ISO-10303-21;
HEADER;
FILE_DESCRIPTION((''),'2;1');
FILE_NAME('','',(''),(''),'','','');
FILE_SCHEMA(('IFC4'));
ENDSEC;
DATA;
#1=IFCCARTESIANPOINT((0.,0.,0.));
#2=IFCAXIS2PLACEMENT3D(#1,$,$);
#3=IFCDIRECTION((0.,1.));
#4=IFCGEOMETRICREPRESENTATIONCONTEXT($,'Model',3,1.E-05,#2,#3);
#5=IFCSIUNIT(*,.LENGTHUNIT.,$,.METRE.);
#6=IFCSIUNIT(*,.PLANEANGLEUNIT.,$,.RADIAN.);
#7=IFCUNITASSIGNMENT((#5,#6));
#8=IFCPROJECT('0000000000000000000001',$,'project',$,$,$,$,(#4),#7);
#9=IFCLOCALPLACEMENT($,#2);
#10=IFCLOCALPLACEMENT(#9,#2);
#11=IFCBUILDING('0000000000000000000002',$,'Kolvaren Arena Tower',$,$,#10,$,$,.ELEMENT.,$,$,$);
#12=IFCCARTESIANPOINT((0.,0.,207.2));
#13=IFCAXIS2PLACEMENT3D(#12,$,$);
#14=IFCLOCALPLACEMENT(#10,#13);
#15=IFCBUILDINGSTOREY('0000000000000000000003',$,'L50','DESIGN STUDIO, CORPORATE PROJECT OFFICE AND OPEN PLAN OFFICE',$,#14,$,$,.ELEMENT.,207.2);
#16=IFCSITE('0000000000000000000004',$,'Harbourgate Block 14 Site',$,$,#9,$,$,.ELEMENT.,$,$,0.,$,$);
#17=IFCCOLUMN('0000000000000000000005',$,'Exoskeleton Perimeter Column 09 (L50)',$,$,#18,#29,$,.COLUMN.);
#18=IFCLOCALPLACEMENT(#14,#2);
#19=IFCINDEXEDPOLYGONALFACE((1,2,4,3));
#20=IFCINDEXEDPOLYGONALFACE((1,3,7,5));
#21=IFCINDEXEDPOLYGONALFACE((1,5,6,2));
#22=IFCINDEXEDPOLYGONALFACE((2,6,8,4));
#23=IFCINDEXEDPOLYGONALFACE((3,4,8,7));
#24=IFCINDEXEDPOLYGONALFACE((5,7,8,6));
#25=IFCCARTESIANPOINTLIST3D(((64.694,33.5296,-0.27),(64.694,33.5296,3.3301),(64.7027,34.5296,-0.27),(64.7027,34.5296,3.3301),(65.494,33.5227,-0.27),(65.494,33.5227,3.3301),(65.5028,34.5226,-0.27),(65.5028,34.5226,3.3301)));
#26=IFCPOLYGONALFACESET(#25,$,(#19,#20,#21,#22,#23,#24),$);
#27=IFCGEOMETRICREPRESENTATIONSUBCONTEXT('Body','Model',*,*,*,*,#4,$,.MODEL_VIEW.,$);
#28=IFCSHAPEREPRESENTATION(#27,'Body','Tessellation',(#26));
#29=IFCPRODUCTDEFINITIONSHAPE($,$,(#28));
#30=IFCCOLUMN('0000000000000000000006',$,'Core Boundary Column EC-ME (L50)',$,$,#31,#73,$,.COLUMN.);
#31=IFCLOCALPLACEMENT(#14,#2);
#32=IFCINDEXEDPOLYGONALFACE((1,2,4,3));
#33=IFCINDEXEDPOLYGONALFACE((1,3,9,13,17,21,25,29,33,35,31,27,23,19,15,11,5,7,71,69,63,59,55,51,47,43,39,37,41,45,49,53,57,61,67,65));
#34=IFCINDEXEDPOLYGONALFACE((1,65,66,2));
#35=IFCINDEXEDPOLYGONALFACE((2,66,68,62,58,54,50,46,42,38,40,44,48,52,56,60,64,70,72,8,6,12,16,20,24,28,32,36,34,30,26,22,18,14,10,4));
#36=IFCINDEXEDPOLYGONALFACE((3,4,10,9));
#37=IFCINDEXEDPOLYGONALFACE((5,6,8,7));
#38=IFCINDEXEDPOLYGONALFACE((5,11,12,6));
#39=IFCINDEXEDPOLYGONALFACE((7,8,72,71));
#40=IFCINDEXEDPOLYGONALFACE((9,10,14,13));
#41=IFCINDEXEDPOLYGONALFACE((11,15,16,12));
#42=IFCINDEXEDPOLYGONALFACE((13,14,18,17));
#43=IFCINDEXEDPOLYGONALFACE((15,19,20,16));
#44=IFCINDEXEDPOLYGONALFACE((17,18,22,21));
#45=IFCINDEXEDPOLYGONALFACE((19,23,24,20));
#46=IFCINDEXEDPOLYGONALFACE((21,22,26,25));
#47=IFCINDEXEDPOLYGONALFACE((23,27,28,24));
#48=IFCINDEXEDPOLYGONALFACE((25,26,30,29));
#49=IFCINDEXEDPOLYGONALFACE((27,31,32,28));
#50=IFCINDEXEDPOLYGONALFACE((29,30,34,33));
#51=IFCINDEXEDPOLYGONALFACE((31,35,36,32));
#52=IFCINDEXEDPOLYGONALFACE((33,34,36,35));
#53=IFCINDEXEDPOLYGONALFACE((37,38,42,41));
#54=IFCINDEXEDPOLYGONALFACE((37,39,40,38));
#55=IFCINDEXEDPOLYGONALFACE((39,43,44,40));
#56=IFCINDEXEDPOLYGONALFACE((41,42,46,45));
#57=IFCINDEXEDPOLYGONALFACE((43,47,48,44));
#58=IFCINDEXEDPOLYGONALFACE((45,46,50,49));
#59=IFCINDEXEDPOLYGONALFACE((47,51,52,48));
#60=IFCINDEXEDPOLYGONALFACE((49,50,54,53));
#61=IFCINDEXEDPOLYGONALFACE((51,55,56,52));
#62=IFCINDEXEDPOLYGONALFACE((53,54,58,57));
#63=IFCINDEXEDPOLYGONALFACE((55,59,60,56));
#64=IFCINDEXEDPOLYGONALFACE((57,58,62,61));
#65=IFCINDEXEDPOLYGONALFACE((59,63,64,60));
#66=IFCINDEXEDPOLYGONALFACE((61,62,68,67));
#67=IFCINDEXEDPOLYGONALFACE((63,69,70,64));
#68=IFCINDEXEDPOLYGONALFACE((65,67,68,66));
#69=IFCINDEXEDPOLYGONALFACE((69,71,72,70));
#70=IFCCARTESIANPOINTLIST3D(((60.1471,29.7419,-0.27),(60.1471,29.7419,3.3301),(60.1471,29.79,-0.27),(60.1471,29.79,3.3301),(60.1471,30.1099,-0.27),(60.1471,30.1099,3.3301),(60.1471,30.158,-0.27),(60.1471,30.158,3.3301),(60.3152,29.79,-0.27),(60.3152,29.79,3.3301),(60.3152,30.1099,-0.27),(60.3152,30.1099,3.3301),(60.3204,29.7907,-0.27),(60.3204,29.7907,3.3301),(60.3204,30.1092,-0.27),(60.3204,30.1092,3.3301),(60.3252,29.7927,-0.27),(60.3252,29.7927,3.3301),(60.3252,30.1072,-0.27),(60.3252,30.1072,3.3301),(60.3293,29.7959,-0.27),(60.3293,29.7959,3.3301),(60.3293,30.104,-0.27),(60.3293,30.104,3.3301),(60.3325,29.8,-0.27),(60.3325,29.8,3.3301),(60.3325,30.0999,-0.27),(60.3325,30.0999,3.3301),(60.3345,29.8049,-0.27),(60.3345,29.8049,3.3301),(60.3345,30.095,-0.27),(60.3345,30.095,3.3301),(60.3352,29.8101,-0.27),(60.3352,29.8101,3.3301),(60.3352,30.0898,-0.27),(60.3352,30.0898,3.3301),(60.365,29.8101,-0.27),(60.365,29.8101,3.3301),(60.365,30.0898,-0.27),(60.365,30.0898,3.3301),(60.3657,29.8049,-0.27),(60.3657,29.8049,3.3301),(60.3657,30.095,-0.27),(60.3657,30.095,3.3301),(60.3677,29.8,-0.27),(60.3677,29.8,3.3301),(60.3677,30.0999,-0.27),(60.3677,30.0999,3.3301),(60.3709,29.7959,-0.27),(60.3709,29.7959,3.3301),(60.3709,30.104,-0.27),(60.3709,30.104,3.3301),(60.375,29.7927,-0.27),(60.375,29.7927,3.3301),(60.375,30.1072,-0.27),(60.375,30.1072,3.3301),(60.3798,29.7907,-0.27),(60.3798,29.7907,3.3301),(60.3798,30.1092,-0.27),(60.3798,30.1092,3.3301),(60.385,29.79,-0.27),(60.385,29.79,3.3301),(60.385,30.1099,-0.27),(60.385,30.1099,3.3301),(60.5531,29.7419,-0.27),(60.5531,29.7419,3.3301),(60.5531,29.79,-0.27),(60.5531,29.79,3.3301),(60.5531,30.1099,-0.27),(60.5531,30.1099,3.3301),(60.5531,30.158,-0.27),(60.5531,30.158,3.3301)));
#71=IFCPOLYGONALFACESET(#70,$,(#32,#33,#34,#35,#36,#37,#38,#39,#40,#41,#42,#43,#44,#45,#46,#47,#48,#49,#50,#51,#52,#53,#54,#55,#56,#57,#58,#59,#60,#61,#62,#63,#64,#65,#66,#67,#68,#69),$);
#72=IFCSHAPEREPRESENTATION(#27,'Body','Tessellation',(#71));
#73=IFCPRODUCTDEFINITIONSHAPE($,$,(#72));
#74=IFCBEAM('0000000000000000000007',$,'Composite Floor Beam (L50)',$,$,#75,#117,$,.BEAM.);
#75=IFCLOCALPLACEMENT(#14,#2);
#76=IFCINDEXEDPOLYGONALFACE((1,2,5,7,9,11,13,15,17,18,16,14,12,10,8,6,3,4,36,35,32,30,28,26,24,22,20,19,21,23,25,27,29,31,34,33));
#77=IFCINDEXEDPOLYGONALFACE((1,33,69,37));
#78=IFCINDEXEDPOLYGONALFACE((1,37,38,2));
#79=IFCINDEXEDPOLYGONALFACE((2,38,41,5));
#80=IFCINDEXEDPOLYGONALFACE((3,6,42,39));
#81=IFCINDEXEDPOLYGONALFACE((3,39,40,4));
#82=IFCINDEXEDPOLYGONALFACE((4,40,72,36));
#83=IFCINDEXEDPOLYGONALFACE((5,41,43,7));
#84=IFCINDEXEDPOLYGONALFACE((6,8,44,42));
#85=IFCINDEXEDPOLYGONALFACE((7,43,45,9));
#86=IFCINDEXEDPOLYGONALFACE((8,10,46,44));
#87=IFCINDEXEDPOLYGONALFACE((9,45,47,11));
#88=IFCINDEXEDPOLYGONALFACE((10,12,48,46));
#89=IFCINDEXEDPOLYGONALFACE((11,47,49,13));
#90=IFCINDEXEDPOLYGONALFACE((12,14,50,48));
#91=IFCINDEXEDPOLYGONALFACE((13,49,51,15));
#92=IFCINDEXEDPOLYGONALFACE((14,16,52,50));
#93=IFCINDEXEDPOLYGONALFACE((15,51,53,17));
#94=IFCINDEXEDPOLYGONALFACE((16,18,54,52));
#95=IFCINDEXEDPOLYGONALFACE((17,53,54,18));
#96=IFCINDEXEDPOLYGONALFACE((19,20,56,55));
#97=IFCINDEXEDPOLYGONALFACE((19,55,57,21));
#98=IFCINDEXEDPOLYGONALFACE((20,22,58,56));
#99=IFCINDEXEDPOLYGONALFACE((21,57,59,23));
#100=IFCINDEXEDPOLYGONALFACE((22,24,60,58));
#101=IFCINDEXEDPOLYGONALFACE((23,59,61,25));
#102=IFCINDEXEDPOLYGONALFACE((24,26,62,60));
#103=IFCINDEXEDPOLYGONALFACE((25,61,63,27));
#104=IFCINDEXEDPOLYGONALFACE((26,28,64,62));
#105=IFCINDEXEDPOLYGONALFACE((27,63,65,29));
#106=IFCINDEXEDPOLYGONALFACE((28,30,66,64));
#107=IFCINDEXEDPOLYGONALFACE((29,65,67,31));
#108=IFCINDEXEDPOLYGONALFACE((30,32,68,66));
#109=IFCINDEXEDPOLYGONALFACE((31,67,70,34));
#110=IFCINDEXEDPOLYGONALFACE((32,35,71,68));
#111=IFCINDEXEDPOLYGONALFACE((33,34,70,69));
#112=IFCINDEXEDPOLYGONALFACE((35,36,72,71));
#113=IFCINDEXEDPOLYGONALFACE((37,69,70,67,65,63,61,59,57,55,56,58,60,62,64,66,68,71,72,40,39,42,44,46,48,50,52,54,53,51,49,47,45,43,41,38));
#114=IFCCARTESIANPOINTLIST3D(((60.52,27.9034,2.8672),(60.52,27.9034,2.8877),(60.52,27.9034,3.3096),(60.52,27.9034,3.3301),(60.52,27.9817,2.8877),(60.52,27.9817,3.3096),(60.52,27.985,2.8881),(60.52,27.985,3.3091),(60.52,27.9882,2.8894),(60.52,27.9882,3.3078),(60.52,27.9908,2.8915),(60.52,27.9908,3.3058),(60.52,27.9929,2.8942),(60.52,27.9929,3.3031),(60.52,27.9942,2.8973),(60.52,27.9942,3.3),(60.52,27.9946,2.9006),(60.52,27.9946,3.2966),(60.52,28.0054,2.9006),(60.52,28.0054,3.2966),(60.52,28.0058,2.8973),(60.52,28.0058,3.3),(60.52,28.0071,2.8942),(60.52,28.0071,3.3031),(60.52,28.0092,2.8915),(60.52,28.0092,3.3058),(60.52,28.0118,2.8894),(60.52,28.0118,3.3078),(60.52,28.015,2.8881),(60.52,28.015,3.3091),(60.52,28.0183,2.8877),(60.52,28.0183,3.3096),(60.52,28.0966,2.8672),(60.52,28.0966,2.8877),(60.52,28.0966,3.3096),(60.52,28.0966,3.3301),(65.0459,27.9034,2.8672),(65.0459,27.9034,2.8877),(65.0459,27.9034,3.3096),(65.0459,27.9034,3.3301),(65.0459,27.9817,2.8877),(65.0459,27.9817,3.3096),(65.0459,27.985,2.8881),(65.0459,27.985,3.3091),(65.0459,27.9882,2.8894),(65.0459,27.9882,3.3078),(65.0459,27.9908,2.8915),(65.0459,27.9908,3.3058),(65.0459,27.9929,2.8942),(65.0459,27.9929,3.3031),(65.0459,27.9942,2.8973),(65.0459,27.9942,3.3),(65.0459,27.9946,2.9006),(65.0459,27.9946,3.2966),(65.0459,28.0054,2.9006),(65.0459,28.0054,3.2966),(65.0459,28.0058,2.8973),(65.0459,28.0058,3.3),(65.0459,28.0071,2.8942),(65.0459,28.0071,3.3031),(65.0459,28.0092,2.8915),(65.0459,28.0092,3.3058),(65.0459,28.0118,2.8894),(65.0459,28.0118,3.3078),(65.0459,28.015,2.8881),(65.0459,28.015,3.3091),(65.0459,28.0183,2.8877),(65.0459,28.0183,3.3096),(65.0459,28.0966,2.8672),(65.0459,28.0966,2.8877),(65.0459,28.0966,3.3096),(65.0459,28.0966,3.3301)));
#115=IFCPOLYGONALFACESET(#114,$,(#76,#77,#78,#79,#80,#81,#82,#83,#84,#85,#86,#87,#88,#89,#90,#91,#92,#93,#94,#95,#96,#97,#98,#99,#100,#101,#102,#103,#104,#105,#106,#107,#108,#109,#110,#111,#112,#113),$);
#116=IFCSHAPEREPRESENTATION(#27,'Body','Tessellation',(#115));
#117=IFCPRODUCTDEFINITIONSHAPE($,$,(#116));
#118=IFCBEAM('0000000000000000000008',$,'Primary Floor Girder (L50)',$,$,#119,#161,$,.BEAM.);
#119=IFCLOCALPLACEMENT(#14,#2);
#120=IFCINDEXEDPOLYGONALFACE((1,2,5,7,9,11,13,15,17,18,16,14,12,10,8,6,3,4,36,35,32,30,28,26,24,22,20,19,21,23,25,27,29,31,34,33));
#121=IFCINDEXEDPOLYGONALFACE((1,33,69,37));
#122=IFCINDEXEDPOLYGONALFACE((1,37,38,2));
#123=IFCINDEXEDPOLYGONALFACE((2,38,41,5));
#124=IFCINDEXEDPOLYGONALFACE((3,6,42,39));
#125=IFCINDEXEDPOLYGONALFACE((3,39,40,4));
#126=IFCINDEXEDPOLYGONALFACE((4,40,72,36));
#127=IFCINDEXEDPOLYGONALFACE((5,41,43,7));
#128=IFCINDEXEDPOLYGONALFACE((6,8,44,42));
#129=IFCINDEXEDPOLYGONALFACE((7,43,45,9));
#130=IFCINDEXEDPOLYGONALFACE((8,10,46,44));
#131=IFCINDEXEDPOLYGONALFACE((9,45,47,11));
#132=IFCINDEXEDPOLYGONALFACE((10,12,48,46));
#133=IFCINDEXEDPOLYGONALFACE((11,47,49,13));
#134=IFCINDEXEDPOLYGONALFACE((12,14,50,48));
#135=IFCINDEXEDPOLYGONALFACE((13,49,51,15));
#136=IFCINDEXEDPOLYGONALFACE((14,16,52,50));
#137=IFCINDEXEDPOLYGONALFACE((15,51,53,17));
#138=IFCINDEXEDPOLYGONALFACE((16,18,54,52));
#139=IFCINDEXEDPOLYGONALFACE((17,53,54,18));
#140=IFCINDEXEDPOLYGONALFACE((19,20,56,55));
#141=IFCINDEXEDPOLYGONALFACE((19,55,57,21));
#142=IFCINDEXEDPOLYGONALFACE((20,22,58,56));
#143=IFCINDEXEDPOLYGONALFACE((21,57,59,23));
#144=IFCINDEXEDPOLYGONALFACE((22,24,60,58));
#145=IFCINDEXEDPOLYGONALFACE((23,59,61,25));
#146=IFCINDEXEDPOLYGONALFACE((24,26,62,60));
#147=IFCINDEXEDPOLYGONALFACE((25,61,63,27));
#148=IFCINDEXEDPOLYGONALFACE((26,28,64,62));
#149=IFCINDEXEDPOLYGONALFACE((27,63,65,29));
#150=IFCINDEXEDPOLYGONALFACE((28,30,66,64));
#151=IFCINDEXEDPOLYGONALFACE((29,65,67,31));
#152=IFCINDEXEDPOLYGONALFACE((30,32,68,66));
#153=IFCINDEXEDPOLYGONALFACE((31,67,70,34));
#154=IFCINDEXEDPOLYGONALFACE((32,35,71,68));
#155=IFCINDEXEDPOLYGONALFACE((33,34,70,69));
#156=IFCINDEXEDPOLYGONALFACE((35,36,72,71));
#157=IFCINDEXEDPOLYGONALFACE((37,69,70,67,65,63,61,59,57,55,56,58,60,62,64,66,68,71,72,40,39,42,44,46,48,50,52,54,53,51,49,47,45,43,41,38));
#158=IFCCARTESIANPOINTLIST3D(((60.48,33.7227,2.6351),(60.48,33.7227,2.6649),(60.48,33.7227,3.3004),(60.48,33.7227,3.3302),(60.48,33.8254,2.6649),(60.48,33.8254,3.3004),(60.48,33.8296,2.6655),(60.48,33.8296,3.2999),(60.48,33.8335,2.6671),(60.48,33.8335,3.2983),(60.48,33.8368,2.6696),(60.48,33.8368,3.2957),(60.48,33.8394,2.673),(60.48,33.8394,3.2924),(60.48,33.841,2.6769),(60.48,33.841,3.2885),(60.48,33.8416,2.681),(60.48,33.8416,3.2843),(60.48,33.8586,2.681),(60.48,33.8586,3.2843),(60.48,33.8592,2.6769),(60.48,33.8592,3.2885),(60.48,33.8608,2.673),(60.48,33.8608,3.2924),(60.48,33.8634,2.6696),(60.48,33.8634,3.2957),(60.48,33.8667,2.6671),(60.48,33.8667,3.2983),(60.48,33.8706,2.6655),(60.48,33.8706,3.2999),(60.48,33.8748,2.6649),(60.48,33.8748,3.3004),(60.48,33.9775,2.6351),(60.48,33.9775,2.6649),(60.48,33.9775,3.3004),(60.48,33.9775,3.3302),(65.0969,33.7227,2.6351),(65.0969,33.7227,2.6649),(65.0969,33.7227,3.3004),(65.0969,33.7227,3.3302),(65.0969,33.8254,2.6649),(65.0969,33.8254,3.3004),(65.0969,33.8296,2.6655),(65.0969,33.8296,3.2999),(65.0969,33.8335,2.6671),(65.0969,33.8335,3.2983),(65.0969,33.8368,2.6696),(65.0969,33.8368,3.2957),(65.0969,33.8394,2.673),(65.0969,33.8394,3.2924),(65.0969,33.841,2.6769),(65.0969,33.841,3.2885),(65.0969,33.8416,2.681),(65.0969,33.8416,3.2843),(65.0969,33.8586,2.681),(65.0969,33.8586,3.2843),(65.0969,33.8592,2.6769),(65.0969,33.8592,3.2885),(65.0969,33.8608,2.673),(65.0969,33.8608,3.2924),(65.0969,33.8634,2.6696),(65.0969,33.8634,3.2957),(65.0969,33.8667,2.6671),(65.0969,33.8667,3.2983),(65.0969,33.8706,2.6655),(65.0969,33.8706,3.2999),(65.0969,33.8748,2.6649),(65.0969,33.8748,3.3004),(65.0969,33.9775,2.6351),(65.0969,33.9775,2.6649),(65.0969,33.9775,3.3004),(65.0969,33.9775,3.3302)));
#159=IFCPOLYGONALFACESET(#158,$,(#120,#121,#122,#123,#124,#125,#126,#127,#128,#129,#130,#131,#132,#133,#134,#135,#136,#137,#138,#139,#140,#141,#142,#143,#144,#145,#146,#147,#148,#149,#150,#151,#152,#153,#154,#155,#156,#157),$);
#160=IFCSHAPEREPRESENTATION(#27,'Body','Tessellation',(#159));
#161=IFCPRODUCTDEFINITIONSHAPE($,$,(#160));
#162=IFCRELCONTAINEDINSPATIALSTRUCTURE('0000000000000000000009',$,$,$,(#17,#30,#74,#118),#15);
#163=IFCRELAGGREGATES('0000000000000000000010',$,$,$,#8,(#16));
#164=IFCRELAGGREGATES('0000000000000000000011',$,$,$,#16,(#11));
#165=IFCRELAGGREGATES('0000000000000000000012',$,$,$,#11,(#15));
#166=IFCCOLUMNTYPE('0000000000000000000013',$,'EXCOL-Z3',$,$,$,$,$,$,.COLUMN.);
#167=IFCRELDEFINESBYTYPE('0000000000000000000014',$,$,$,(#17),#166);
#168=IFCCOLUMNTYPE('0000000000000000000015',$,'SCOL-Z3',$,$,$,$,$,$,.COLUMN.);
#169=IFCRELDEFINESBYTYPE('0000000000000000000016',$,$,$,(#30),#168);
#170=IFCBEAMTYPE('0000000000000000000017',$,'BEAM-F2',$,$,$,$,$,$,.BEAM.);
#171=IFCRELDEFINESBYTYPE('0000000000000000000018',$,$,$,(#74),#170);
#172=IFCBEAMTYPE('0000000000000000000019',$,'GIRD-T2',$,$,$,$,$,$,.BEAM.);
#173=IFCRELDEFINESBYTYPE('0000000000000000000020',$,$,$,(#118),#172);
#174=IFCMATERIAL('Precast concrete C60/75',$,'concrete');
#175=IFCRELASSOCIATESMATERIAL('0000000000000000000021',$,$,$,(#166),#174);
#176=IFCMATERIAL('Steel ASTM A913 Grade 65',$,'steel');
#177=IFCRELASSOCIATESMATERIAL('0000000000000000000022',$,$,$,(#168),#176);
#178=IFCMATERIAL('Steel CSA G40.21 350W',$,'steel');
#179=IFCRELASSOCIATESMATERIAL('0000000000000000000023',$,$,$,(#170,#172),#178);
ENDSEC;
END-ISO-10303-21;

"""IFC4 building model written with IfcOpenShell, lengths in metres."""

from ifc_helpers import new_model, si_unit, direction, frame, origin, origin_2d, place, context, subcontext, project, spatial, rectangle, i_section, extrude, material, material_profile, profile_set, type_object, element, save


model = new_model("IFC4")

# Units and contexts
model_context = context("Model", 3, precision=1e-05, world=origin(), true_north=direction((0.0, 1.0)))
body_context = subcontext(model_context, "Body", "Model", "MODEL_VIEW")
ifc_project = project(units=[si_unit("LENGTHUNIT", "METRE"), si_unit("PLANEANGLEUNIT", "RADIAN")], contexts=[model_context])

# Site, building, storey
site_placement = place(None, origin())
site = spatial("IfcSite", under=ifc_project, at=site_placement, Name="Harbourgate Block 14 Site", CompositionType="ELEMENT", RefElevation=0.0)
building_placement = place(site_placement, origin())
building = spatial("IfcBuilding", under=site, at=building_placement, Name="Kolvaren Arena Tower", CompositionType="ELEMENT")
storey_placement = place(building_placement, frame((0.0, 0.0, 207.2)))
storey = spatial("IfcBuildingStorey", under=building, at=storey_placement, Name="L50", Description="DESIGN STUDIO, CORPORATE PROJECT OFFICE AND OPEN PLAN OFFICE", CompositionType="ELEMENT", Elevation=207.2)

# Columns
ifc_material_1 = material(Name="Precast concrete C60/75", Category="concrete")
ifc_material_profile_1 = material_profile(ifc_material_1, rectangle(XDim=1.0, YDim=0.8, at=origin_2d()), Name="RC-1000x800")
ifc_profile_set_1 = profile_set([ifc_material_profile_1], Name="Precast concrete C60/75")
column_type_1 = type_object("IfcColumnType", Name="EXCOL-Z3", PredefinedType="COLUMN", material=ifc_profile_set_1)
column_1_placement = place(storey_placement, frame((65.0984, 34.0261, -0.27), z_axis=(0.0, 0.0, 1.0), x_axis=(0.008727, 0.999962, 0.0)))
element("IfcColumn", 1, at=column_1_placement, inside=storey, type_object=column_type_1, Name="Exoskeleton Perimeter Column 09 (L50)", PredefinedType="COLUMN", context=body_context, shape_type="SweptSolid", body=[
    extrude(rectangle(XDim=1.0, YDim=0.8, at=origin_2d()), origin(), (0.0, 0.0, 1.0), 3.6001),
])
ifc_material_2 = material(Name="Steel ASTM A913 Grade 65", Category="steel")
ifc_material_profile_2 = material_profile(ifc_material_2, i_section(OverallWidth=0.406, OverallDepth=0.416, WebThickness=0.0298, FlangeThickness=0.0481, FilletRadius=0.02, at=origin_2d()), Name="W360x382")
ifc_profile_set_2 = profile_set([ifc_material_profile_2], Name="Steel ASTM A913 Grade 65")
column_type_2 = type_object("IfcColumnType", Name="SCOL-Z3", PredefinedType="COLUMN", material=ifc_profile_set_2)
column_2_placement = place(storey_placement, frame((60.3501, 29.95, -0.27), z_axis=(0.0, 0.0, 1.0), x_axis=(1.0, 0.0, 0.0)))
element("IfcColumn", 2, at=column_2_placement, inside=storey, type_object=column_type_2, Name="Core Boundary Column EC-ME (L50)", PredefinedType="COLUMN", context=body_context, shape_type="SweptSolid", body=[
    extrude(i_section(OverallWidth=0.406, OverallDepth=0.416, WebThickness=0.0298, FlangeThickness=0.0481, FilletRadius=0.02, at=origin_2d()), origin(), (0.0, 0.0, 1.0), 3.6001),
])

# Beams
ifc_material_3 = material(Name="Steel CSA G40.21 350W", Category="steel")
ifc_material_profile_3 = material_profile(ifc_material_3, i_section(OverallWidth=0.1931, OverallDepth=0.4629, WebThickness=0.0107, FlangeThickness=0.0205, FilletRadius=0.0129, at=origin_2d()), Name="W460x113")
ifc_profile_set_3 = profile_set([ifc_material_profile_3], Name="Steel CSA G40.21 350W")
beam_type_1 = type_object("IfcBeamType", Name="BEAM-F2", PredefinedType="BEAM", material=ifc_profile_set_3)
beam_1_placement = place(storey_placement, frame((60.52, 28.0, 3.0986), z_axis=(1.0, 0.0, 0.0), x_axis=(0.0, 1.0, 0.0)))
element("IfcBeam", 3, at=beam_1_placement, inside=storey, type_object=beam_type_1, Name="Composite Floor Beam (L50)", PredefinedType="BEAM", context=body_context, shape_type="SweptSolid", body=[
    extrude(i_section(OverallWidth=0.1931, OverallDepth=0.4629, WebThickness=0.0107, FlangeThickness=0.0205, FilletRadius=0.0129, at=origin_2d()), origin(), (0.0, 0.0, 1.0), 4.5259),
])
ifc_material_profile_4 = material_profile(ifc_material_3, i_section(OverallWidth=0.2549, OverallDepth=0.6951, WebThickness=0.0171, FlangeThickness=0.0298, FilletRadius=0.0161, at=origin_2d()), Name="W690x217")
ifc_profile_set_4 = profile_set([ifc_material_profile_4], Name="Steel CSA G40.21 350W")
beam_type_2 = type_object("IfcBeamType", Name="GIRD-T2", PredefinedType="BEAM", material=ifc_profile_set_4)
beam_2_placement = place(storey_placement, frame((60.48, 33.8501, 2.9827), z_axis=(1.0, 0.0, 0.0), x_axis=(0.0, 1.0, 0.0)))
element("IfcBeam", 4, at=beam_2_placement, inside=storey, type_object=beam_type_2, Name="Primary Floor Girder (L50)", PredefinedType="BEAM", context=body_context, shape_type="SweptSolid", body=[
    extrude(i_section(OverallWidth=0.2549, OverallDepth=0.6951, WebThickness=0.0171, FlangeThickness=0.0298, FilletRadius=0.0161, at=origin_2d()), origin(), (0.0, 0.0, 1.0), 4.6169),
])

save(model, "model.ifc")
